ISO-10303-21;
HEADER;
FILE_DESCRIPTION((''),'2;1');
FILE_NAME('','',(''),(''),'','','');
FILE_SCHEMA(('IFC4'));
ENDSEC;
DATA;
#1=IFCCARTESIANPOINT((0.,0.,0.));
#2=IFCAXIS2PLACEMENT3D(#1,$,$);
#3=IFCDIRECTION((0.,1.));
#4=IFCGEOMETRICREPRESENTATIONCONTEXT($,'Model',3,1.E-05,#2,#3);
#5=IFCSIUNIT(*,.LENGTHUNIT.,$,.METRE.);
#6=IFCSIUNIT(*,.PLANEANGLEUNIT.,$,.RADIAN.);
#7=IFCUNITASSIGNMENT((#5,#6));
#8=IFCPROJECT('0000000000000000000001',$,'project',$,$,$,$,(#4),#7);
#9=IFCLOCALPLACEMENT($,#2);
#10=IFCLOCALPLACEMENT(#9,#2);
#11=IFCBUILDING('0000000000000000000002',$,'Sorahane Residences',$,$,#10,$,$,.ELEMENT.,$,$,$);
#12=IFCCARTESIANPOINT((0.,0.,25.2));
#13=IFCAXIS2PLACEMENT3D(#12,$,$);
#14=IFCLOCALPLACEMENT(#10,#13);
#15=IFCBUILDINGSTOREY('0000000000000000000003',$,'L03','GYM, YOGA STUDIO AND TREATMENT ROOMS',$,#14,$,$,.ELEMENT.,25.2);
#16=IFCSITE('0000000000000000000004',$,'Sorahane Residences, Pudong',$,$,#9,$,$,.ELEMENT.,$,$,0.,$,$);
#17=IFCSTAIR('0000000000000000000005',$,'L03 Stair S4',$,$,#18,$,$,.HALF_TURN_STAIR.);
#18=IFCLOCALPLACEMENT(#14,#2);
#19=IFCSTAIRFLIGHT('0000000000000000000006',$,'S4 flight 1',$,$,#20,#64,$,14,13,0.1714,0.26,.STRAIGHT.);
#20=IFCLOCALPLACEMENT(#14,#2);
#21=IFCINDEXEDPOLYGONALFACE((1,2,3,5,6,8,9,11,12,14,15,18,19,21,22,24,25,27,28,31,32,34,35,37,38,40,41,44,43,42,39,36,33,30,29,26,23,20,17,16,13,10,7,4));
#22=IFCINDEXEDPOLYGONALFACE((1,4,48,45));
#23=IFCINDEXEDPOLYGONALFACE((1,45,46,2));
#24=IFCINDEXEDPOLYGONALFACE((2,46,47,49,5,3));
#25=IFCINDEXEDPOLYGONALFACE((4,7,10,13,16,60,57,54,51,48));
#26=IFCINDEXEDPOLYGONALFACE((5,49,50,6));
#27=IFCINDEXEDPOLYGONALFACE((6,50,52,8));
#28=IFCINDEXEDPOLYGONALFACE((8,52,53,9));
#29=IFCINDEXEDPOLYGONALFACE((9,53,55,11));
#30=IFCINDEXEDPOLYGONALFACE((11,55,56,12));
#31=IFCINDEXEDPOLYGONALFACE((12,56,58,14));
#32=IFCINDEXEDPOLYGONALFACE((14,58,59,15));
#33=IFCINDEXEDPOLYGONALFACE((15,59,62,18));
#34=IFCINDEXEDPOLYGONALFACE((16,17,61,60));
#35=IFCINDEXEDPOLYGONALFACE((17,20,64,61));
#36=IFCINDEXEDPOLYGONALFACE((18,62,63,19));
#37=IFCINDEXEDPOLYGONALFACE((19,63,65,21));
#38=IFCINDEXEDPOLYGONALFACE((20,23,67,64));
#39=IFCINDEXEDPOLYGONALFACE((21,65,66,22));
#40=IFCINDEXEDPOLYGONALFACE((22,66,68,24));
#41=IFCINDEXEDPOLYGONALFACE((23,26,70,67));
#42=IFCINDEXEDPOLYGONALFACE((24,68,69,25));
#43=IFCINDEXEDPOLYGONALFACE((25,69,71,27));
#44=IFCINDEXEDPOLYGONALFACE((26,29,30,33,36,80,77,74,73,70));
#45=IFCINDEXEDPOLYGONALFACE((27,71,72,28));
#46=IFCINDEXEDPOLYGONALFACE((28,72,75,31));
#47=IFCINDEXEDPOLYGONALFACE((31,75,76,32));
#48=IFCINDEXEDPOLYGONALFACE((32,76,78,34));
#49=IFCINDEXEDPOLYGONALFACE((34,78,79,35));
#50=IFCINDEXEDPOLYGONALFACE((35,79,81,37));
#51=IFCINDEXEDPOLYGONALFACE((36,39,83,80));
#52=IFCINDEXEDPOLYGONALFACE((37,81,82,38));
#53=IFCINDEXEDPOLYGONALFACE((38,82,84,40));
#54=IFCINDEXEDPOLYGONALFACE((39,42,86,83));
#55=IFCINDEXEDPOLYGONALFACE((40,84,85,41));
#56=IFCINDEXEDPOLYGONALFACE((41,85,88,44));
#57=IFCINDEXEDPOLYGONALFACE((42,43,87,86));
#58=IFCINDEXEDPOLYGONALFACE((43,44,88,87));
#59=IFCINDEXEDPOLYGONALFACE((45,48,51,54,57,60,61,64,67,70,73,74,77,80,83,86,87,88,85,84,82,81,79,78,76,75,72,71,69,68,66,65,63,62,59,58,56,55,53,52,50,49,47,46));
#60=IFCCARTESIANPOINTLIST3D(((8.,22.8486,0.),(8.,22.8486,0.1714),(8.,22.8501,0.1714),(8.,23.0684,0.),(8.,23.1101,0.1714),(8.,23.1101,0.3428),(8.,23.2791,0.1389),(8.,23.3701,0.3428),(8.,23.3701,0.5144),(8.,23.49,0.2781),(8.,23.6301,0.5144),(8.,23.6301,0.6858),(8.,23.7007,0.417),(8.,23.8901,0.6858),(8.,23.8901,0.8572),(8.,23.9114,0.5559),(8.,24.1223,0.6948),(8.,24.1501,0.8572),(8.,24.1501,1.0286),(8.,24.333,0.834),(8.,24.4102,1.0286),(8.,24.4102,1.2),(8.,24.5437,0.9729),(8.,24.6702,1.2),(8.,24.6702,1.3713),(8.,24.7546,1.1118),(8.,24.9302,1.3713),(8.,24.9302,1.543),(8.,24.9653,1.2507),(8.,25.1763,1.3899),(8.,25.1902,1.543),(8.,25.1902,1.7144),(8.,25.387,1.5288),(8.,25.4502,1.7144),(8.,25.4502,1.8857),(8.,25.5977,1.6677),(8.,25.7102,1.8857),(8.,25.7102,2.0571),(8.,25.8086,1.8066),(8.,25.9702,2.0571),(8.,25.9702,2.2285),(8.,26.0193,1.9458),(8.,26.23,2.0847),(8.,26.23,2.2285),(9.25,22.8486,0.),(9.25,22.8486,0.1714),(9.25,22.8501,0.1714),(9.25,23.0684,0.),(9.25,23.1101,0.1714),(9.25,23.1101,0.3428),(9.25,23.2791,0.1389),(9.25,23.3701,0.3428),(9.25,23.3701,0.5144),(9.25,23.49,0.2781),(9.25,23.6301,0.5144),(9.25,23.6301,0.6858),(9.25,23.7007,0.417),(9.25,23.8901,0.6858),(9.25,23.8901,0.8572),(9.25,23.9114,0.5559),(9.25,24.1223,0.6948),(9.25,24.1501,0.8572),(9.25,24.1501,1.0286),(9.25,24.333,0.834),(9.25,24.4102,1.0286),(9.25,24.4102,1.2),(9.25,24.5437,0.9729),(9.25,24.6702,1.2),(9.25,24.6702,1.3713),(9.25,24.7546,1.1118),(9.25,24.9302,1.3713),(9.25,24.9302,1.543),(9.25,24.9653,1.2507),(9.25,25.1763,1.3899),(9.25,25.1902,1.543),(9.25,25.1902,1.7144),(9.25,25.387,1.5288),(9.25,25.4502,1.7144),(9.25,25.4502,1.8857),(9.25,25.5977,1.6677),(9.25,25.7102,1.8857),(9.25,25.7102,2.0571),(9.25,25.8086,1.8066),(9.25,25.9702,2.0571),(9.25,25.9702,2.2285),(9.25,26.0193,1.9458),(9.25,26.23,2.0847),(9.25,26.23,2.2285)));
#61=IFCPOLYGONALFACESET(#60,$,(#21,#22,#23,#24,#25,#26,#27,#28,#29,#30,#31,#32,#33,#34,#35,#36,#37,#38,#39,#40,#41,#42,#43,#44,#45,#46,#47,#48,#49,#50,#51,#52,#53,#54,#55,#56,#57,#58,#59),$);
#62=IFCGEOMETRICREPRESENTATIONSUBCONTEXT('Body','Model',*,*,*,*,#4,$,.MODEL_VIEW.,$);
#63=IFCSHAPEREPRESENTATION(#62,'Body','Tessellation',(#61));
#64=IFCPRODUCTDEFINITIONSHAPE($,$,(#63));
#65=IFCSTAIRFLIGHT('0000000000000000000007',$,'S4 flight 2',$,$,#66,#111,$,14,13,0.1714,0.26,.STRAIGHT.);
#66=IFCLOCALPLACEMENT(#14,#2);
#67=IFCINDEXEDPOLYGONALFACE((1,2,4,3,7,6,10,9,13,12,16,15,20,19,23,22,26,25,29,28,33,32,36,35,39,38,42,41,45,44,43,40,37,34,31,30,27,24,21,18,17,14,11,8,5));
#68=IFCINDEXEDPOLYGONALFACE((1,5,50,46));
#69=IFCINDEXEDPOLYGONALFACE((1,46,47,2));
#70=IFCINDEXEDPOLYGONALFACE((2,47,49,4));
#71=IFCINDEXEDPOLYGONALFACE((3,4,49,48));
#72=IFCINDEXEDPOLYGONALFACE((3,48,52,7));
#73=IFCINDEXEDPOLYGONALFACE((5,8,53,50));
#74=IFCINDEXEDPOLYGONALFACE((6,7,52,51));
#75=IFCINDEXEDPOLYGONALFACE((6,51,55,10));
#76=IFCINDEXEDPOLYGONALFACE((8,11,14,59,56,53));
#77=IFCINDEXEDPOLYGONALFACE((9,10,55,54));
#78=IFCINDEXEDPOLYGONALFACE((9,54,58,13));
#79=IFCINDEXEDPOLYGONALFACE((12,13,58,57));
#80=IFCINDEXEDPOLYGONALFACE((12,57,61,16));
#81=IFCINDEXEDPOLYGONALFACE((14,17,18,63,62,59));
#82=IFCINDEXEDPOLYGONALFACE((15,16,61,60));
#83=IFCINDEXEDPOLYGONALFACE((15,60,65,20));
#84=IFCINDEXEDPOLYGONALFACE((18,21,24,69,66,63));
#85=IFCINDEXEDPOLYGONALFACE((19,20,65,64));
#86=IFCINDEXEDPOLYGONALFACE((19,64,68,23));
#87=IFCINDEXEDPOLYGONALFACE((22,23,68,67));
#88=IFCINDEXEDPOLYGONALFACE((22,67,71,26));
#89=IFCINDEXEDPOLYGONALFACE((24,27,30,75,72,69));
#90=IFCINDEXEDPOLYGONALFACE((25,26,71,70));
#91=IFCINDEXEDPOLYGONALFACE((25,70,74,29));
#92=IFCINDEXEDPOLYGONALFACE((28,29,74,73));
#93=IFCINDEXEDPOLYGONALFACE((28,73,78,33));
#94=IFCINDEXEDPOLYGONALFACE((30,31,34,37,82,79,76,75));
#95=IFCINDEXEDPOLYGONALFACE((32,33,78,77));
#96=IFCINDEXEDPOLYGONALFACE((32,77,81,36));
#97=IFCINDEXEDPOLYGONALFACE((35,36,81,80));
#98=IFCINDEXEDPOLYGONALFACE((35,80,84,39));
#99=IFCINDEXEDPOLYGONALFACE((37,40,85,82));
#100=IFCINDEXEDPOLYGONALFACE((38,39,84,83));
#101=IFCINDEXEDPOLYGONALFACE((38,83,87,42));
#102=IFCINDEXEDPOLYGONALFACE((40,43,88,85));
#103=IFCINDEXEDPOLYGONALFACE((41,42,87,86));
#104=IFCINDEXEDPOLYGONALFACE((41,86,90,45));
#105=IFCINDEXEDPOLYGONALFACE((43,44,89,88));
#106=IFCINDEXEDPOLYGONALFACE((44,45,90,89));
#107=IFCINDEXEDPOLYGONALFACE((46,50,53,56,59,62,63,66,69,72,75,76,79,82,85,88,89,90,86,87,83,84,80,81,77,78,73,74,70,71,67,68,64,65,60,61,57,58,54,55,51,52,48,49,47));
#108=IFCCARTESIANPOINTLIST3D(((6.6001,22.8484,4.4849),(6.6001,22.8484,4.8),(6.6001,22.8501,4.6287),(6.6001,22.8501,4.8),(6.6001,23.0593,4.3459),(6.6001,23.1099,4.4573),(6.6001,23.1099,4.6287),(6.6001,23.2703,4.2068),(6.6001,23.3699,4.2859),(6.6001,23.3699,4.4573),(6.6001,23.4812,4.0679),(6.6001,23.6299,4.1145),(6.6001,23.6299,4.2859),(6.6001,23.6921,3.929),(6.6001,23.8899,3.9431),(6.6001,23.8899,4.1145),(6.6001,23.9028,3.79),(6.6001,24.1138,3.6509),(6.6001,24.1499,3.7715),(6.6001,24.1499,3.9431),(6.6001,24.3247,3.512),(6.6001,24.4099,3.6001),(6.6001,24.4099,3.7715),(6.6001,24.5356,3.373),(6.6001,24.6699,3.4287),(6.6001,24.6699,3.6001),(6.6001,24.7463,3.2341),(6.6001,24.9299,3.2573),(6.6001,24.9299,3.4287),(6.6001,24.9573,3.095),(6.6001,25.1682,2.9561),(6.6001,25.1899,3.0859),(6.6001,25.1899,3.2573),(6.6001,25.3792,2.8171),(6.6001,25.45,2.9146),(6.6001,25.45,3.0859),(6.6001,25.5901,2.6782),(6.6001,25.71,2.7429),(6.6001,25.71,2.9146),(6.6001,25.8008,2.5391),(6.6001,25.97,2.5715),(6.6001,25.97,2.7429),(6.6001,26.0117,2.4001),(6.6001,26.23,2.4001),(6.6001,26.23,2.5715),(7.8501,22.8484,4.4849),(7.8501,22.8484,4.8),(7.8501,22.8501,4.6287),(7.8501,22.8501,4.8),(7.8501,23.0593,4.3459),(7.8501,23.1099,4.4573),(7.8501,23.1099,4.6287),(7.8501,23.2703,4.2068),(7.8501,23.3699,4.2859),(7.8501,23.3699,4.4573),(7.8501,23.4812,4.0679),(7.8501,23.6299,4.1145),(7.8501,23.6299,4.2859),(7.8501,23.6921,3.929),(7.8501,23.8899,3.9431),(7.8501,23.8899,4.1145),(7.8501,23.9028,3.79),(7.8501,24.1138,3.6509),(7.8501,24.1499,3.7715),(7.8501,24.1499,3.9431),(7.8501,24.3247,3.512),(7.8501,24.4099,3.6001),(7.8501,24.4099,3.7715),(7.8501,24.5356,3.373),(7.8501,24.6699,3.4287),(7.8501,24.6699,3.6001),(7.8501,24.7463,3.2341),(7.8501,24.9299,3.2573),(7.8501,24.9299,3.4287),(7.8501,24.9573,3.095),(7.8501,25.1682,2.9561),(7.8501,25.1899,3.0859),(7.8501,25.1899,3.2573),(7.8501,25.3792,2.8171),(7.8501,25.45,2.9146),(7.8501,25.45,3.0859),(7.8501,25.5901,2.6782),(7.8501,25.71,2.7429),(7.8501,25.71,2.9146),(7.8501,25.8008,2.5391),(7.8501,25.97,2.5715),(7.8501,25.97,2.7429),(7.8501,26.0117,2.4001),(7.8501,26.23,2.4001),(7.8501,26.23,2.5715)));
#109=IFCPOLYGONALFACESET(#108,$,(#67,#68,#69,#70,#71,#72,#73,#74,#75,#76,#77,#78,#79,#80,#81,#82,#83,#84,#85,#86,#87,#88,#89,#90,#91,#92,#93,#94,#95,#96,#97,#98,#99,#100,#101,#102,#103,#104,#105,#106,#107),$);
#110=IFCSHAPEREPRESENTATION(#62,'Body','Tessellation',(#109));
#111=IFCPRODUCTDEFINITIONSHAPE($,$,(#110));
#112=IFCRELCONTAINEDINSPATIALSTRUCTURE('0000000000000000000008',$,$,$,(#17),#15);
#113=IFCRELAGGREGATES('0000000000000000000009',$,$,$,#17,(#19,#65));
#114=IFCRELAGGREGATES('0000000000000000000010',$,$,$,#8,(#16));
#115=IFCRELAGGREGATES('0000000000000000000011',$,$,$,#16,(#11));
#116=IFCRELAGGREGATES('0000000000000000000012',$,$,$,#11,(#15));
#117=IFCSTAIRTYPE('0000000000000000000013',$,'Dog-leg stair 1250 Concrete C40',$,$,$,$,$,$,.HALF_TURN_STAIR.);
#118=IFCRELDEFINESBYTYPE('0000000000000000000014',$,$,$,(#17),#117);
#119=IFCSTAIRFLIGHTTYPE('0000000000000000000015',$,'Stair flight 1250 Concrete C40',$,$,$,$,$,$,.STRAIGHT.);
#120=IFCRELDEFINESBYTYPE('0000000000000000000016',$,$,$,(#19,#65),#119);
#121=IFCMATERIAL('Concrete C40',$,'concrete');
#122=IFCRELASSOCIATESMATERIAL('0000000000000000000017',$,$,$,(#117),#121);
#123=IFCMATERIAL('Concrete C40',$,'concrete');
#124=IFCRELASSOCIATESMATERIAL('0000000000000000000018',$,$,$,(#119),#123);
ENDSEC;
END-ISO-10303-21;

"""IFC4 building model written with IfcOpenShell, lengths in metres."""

from ifc_helpers import new_model, si_unit, direction, frame, origin, place, context, subcontext, project, spatial, polyline, outline, extrude, material, type_object, element, aggregate, save


model = new_model("IFC4")

# Units and contexts
model_context = context("Model", 3, precision=1e-05, world=origin(), true_north=direction((0.0, 1.0)))
body_context = subcontext(model_context, "Body", "Model", "MODEL_VIEW")
ifc_project = project(units=[si_unit("LENGTHUNIT", "METRE"), si_unit("PLANEANGLEUNIT", "RADIAN")], contexts=[model_context])

# Site, building, storey
site_placement = place(None, origin())
site = spatial("IfcSite", under=ifc_project, at=site_placement, Name="Sorahane Residences, Pudong", CompositionType="ELEMENT", RefElevation=0.0)
building_placement = place(site_placement, origin())
building = spatial("IfcBuilding", under=site, at=building_placement, Name="Sorahane Residences", CompositionType="ELEMENT")
storey_placement = place(building_placement, frame((0.0, 0.0, 25.2)))
storey = spatial("IfcBuildingStorey", under=building, at=storey_placement, Name="L03", Description="GYM, YOGA STUDIO AND TREATMENT ROOMS", CompositionType="ELEMENT", Elevation=25.2)

# Stair, stair flights
ifc_material_1 = material(Name="Concrete C40", Category="concrete")
stair_type = type_object("IfcStairType", Name="Dog-leg stair 1250 Concrete C40", PredefinedType="HALF_TURN_STAIR", material=ifc_material_1)
stair_placement = place(storey_placement, origin())
stair = element("IfcStair", 1, at=stair_placement, inside=storey, type_object=stair_type, Name="L03 Stair S4", PredefinedType="HALF_TURN_STAIR")
ifc_material_2 = material(Name="Concrete C40", Category="concrete")
stair_flight_type = type_object("IfcStairFlightType", Name="Stair flight 1250 Concrete C40", PredefinedType="STRAIGHT", material=ifc_material_2)
stair_flight_1_placement = place(storey_placement, frame((8.625, 22.8501, 0.0), z_axis=(0.0, 0.0, 1.0), x_axis=(0.0, 1.0, 0.0)))
stair_flight_1 = element("IfcStairFlight", 2, at=stair_flight_1_placement, type_object=stair_flight_type, Name="S4 flight 1", NumberOfRisers=14, NumberOfTreads=13, PredefinedType="STRAIGHT", RiserHeight=0.1714, TreadLength=0.26, context=body_context, shape_type="SweptSolid", body=[
    extrude(outline(polyline([(-0.0015, 0.0), (-0.0015, 0.1714), (0.0, 0.1714), (0.26, 0.1714), (0.26, 0.3428), (0.52, 0.3428), (0.52, 0.5144), (0.78, 0.5144), (0.78, 0.6858), (1.04, 0.6858), (1.04, 0.8572), (1.3, 0.8572), (1.3, 1.0286), (1.5601, 1.0286), (1.5601, 1.2), (1.8201, 1.2), (1.8201, 1.3713), (2.0801, 1.3713), (2.0801, 1.543), (2.3401, 1.543), (2.3401, 1.7144), (2.6001, 1.7144), (2.6001, 1.8857), (2.8601, 1.8857), (2.8601, 2.0571), (3.1201, 2.0571), (3.1201, 2.2285), (3.3799, 2.2285), (3.3799, 2.3999), (3.3799, 2.0847), (3.1692, 1.9458), (2.9585, 1.8066), (2.7476, 1.6677), (2.5369, 1.5288), (2.3262, 1.3899), (2.1152, 1.2507), (1.9045, 1.1118), (1.6936, 0.9729), (1.4829, 0.834), (1.2722, 0.6948), (1.0613, 0.5559), (0.8506, 0.417), (0.6399, 0.2781), (0.429, 0.1389), (0.2183, 0.0), (-0.0015, 0.0)])), frame((0.0, 0.625, 0.0), z_axis=(0.0, -1.0, 0.0), x_axis=(1.0, 0.0, 0.0)), (0.0, 0.0, 1.0), 1.25),
])
stair_flight_2_placement = place(storey_placement, frame((7.2251, 26.23, 2.4001), z_axis=(0.0, 0.0, 1.0), x_axis=(0.0, -1.0, 0.0)))
stair_flight_2 = element("IfcStairFlight", 3, at=stair_flight_2_placement, type_object=stair_flight_type, Name="S4 flight 2", NumberOfRisers=14, NumberOfTreads=13, PredefinedType="STRAIGHT", RiserHeight=0.1714, TreadLength=0.26, context=body_context, shape_type="SweptSolid", body=[
    extrude(outline(polyline([(0.0, 0.0), (0.0, 0.1714), (0.26, 0.1714), (0.26, 0.3428), (0.52, 0.3428), (0.52, 0.5144), (0.78, 0.5144), (0.78, 0.6858), (1.04, 0.6858), (1.04, 0.8572), (1.3, 0.8572), (1.3, 1.0286), (1.5601, 1.0286), (1.5601, 1.2), (1.8201, 1.2), (1.8201, 1.3713), (2.0801, 1.3713), (2.0801, 1.543), (2.3401, 1.543), (2.3401, 1.7144), (2.6001, 1.7144), (2.6001, 1.8857), (2.8601, 1.8857), (2.8601, 2.0571), (3.1201, 2.0571), (3.1201, 2.2285), (3.3799, 2.2285), (3.3799, 2.3999), (3.3816, 2.3999), (3.3816, 2.0847), (3.1707, 1.9458), (2.9597, 1.8066), (2.7488, 1.6677), (2.5378, 1.5288), (2.3271, 1.3899), (2.1162, 1.2507), (1.9053, 1.1118), (1.6943, 0.9729), (1.4836, 0.834), (1.2727, 0.6948), (1.0618, 0.5559), (0.8508, 0.417), (0.6399, 0.2781), (0.4292, 0.1389), (0.2183, 0.0), (0.0, 0.0)])), frame((0.0, 0.625, 0.0), z_axis=(0.0, -1.0, 0.0), x_axis=(1.0, 0.0, 0.0)), (0.0, 0.0, 1.0), 1.25),
])
aggregate(stair, [stair_flight_1, stair_flight_2])

save(model, "model.ifc")
